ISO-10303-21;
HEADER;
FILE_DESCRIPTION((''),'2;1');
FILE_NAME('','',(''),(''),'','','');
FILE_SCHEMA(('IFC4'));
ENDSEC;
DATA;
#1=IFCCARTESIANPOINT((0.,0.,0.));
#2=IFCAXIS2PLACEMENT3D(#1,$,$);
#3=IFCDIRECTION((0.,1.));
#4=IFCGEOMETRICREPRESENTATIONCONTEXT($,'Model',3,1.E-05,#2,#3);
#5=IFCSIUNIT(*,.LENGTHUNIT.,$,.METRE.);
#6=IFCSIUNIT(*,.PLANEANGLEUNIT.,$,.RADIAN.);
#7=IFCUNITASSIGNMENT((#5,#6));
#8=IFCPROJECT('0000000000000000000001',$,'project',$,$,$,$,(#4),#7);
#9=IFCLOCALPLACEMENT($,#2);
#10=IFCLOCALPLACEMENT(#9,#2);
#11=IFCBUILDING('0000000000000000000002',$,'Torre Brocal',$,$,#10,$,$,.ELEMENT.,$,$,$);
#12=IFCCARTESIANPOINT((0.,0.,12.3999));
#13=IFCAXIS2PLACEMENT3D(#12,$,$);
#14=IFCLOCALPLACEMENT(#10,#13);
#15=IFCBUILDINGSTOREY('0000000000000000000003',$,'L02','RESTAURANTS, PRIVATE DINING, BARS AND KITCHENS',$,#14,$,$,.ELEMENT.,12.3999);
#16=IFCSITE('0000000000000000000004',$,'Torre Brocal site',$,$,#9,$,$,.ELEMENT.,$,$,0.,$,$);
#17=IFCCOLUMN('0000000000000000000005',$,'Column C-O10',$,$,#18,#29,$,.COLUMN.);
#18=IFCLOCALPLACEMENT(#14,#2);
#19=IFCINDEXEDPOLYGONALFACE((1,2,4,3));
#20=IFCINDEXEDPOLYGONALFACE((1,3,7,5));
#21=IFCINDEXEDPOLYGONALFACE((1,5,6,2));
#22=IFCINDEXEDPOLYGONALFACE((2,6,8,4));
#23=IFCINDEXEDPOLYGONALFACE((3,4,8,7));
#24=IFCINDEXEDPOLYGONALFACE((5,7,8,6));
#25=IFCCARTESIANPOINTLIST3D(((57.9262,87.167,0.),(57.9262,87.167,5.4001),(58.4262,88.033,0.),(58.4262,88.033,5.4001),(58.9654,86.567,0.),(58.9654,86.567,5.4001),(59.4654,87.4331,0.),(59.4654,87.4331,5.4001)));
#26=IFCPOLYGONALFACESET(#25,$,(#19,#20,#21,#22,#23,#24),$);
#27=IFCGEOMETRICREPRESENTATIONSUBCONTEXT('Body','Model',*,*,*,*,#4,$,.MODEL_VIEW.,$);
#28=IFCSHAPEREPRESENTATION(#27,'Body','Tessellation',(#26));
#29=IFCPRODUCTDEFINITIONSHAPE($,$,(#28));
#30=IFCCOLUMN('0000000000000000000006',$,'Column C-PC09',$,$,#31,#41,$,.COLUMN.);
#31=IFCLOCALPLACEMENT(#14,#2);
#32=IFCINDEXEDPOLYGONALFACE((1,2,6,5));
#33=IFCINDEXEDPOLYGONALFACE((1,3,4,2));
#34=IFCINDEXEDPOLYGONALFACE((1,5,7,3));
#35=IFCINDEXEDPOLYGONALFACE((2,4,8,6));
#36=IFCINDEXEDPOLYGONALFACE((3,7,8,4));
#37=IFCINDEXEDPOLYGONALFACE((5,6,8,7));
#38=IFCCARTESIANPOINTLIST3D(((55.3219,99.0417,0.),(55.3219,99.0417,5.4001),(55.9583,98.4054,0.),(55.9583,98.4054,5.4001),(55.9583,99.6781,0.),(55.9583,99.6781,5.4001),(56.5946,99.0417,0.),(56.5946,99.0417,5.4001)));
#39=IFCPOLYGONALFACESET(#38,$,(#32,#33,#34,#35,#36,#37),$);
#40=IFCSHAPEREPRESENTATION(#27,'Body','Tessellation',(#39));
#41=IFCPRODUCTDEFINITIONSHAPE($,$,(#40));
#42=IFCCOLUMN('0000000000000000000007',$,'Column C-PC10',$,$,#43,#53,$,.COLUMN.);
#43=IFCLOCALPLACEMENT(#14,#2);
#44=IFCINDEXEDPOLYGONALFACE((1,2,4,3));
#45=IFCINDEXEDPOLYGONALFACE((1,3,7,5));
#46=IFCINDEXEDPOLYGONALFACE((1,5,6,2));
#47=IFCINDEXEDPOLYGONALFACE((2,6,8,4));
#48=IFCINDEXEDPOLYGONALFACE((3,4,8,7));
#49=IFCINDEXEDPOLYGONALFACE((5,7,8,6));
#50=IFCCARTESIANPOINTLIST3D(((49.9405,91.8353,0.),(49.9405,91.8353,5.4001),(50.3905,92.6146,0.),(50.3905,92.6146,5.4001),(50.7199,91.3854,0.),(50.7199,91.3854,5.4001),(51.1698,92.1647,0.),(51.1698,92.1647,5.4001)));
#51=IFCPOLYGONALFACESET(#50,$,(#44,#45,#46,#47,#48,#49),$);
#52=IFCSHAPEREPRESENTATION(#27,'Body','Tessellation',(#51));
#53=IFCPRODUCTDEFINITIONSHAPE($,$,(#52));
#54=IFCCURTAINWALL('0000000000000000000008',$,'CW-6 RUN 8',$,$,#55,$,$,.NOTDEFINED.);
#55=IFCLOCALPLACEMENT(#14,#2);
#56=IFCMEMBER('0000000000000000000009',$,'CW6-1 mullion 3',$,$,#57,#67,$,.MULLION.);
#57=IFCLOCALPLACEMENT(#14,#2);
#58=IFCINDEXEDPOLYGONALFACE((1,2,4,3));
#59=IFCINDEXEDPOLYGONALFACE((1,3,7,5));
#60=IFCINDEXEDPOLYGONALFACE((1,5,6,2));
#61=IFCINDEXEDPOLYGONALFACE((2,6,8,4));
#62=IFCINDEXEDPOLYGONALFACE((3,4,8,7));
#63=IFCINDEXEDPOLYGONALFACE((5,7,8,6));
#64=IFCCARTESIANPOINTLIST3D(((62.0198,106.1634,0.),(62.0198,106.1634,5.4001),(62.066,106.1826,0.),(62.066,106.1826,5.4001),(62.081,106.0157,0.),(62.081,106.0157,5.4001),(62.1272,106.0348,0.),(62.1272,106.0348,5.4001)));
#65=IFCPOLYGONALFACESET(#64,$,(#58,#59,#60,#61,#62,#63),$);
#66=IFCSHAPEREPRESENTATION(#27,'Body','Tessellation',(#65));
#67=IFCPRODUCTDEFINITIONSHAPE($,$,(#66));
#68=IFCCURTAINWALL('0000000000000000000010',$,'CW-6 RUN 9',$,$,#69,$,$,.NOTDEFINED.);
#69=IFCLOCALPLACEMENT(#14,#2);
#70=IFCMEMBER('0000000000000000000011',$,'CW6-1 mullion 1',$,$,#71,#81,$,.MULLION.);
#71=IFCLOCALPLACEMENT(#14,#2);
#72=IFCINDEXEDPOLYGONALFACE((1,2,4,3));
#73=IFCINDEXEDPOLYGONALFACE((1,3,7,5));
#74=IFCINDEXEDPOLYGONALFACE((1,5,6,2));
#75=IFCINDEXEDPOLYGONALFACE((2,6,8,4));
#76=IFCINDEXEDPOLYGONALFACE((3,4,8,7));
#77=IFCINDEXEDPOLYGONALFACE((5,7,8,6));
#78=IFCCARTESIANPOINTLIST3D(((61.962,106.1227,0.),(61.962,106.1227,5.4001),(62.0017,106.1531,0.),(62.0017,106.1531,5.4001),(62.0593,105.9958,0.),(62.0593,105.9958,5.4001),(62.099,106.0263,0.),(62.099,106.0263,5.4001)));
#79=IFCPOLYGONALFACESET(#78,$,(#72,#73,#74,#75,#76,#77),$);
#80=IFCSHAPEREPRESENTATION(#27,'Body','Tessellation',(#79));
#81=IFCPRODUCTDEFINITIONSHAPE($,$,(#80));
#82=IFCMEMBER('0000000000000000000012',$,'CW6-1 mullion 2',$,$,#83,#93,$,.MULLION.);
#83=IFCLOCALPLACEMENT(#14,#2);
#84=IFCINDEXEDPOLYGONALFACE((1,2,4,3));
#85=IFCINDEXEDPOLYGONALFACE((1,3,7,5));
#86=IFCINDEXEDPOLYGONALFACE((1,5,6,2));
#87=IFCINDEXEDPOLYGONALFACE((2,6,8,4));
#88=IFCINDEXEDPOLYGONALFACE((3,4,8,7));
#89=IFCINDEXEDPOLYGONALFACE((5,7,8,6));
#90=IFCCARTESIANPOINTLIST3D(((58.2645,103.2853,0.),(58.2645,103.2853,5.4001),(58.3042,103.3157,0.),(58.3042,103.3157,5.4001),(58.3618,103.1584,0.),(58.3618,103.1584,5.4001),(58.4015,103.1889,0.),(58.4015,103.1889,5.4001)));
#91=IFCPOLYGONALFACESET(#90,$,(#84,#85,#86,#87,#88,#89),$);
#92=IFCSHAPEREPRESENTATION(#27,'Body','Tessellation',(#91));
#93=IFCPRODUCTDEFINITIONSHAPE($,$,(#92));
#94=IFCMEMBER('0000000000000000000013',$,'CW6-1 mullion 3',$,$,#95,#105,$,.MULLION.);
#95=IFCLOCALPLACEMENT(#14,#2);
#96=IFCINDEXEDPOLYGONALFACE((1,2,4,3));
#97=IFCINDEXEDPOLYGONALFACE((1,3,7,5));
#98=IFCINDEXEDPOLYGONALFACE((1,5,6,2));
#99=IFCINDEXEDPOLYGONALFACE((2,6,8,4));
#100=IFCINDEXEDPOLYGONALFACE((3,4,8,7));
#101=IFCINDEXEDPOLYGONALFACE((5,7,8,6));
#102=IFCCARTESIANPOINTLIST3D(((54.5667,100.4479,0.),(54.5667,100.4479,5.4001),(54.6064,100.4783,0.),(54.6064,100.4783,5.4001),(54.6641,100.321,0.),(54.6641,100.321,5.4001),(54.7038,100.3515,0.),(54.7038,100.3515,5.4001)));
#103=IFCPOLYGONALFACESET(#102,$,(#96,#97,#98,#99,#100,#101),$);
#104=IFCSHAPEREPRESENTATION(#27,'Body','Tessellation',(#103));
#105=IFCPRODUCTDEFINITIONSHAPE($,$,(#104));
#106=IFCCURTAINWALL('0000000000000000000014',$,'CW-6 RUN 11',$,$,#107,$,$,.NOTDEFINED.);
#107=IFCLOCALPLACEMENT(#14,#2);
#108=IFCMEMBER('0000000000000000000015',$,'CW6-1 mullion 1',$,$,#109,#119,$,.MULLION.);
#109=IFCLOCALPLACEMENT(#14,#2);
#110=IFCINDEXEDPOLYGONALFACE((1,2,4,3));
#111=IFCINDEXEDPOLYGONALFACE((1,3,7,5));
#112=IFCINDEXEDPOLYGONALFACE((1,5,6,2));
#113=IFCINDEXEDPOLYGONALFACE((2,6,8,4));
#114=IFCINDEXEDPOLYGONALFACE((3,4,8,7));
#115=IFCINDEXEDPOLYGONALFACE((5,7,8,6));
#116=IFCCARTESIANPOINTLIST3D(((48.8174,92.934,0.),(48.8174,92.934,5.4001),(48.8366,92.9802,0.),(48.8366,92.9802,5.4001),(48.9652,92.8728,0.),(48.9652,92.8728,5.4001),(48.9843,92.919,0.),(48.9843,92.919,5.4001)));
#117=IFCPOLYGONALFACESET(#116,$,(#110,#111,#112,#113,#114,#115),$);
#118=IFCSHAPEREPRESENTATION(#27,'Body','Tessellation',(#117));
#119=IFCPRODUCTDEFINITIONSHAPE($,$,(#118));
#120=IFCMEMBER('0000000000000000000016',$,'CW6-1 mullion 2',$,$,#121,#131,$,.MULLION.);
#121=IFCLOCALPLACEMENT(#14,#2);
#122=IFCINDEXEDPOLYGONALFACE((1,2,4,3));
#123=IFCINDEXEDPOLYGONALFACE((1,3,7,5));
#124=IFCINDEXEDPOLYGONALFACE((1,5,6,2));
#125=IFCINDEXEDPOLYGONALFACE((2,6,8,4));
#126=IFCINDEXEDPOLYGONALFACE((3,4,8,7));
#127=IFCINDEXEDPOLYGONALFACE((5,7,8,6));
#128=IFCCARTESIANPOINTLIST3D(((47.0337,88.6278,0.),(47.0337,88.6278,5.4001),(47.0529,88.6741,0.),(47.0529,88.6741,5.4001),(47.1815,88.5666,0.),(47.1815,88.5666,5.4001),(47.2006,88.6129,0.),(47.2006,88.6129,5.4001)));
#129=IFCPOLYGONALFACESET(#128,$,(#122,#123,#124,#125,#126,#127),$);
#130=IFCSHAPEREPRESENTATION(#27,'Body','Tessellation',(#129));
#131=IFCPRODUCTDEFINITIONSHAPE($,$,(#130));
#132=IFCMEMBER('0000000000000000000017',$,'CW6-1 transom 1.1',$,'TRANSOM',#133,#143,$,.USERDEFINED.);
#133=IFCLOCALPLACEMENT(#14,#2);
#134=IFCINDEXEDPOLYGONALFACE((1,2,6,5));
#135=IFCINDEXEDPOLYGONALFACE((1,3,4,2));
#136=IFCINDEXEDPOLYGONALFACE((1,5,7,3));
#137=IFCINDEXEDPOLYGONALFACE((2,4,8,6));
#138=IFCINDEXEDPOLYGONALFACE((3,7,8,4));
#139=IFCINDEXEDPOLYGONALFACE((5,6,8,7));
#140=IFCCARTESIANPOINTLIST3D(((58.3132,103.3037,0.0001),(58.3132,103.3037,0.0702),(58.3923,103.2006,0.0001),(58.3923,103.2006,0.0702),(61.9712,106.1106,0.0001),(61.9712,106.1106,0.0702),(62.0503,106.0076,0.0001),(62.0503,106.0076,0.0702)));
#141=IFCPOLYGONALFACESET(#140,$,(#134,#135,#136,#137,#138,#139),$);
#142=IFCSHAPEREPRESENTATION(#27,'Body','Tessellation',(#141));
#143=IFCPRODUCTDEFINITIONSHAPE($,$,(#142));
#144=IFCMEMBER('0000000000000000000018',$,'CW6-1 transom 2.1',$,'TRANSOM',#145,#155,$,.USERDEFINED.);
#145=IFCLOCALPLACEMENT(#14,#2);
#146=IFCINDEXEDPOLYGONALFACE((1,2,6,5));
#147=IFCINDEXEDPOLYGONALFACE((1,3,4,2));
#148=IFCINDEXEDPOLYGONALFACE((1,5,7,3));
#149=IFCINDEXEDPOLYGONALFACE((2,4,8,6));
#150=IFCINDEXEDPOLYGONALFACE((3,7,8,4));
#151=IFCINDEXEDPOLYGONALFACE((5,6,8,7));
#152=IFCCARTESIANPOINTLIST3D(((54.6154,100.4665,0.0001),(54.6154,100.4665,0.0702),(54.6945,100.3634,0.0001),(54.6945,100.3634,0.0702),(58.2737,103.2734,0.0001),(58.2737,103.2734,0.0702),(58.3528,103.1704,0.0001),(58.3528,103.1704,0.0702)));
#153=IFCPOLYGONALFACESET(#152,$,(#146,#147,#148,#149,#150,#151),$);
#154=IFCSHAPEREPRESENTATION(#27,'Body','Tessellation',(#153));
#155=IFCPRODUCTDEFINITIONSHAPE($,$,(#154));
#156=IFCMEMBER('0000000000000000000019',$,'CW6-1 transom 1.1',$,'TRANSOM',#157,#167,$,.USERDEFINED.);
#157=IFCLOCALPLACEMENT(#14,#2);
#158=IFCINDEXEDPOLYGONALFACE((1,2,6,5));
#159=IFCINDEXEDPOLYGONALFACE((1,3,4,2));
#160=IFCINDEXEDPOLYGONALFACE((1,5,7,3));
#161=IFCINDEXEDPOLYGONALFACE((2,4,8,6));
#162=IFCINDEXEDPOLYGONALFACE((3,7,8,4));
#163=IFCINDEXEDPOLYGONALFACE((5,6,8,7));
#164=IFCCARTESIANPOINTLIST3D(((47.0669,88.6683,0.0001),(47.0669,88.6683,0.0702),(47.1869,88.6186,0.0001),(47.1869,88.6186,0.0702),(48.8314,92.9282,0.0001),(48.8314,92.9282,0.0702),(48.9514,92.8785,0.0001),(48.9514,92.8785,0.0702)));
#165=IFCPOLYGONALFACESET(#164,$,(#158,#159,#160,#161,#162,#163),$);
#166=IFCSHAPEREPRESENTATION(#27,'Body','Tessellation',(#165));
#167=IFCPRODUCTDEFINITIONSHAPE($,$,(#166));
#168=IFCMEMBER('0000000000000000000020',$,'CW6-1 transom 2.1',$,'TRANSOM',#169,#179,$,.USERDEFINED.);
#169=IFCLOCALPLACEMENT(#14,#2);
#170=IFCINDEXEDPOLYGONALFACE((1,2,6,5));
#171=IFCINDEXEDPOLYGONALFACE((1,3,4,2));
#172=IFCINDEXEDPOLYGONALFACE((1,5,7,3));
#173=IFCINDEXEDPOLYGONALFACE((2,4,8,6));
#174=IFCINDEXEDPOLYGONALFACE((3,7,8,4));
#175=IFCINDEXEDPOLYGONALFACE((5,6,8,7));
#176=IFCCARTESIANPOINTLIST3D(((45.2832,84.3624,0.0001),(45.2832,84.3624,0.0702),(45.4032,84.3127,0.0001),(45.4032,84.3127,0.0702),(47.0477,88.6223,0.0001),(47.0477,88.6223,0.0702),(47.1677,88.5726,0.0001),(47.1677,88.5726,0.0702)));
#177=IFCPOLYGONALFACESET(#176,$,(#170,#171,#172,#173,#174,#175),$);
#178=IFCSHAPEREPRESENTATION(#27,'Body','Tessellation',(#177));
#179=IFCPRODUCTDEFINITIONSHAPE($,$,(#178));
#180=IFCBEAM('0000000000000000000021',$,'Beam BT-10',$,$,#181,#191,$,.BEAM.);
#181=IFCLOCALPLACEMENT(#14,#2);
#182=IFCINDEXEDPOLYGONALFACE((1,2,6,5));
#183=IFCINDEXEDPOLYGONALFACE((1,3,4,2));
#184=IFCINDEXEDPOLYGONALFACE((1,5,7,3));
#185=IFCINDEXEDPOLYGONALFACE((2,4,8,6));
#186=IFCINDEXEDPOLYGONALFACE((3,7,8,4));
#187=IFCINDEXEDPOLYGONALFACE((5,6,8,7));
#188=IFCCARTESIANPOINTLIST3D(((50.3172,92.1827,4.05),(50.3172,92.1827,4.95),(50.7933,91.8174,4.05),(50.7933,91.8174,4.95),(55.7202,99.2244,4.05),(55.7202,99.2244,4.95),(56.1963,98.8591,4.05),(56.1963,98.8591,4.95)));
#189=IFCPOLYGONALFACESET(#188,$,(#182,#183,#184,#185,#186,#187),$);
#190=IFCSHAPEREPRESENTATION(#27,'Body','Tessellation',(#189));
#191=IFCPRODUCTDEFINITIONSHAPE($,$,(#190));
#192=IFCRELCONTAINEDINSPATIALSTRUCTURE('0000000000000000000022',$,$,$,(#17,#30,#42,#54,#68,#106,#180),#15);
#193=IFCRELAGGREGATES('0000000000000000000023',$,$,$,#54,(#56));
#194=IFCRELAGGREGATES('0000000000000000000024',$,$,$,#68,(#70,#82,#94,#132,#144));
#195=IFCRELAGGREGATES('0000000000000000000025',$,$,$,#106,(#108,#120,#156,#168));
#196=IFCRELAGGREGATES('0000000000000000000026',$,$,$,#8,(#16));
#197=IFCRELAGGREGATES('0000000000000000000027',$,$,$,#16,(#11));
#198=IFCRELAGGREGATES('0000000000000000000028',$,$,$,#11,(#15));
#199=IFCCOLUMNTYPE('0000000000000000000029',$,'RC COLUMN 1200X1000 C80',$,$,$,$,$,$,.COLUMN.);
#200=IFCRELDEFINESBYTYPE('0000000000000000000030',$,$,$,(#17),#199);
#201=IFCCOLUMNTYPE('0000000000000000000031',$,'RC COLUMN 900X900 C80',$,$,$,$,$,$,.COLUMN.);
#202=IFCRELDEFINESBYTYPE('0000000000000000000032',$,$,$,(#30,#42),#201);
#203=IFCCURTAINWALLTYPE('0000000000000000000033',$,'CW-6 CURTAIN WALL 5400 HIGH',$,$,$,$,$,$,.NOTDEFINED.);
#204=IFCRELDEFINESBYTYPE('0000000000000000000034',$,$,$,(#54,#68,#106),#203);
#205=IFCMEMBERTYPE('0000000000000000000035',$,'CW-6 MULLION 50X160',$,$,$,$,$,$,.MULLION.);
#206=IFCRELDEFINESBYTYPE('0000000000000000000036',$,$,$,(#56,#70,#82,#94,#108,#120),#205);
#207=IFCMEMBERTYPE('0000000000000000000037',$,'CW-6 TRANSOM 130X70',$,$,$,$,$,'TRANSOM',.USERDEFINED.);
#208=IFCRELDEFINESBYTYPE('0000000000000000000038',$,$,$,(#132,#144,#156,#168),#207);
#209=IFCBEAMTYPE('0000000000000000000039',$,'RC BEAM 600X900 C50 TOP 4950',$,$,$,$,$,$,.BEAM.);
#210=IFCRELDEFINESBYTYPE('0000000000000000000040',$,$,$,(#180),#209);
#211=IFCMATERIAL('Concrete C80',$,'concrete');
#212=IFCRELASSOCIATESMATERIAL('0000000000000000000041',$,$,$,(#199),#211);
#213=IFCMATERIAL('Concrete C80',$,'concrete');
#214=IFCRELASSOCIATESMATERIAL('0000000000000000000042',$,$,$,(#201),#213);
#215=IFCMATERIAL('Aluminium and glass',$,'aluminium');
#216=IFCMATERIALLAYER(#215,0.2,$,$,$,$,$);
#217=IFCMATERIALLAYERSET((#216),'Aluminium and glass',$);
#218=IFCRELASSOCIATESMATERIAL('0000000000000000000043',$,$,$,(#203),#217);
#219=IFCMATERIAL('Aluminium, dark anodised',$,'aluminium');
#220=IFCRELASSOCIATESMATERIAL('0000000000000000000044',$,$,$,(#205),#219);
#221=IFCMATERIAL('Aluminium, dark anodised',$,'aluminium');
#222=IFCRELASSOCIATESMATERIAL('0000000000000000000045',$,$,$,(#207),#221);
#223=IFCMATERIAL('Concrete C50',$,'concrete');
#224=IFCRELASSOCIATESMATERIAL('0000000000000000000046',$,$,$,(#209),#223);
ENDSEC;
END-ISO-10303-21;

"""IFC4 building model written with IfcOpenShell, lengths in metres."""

from ifc_helpers import new_model, si_unit, direction, frame, origin, origin_2d, place, context, subcontext, project, spatial, rectangle, extrude, material, layer, layer_set, material_profile, profile_set, type_object, element, aggregate, save


model = new_model("IFC4")

# Units and contexts
model_context = context("Model", 3, precision=1e-05, world=origin(), true_north=direction((0.0, 1.0)))
body_context = subcontext(model_context, "Body", "Model", "MODEL_VIEW")
ifc_project = project(units=[si_unit("LENGTHUNIT", "METRE"), si_unit("PLANEANGLEUNIT", "RADIAN")], contexts=[model_context])

# Site, building, storey
site_placement = place(None, origin())
site = spatial("IfcSite", under=ifc_project, at=site_placement, Name="Torre Brocal site", CompositionType="ELEMENT", RefElevation=0.0)
building_placement = place(site_placement, origin())
building = spatial("IfcBuilding", under=site, at=building_placement, Name="Torre Brocal", CompositionType="ELEMENT")
storey_placement = place(building_placement, frame((0.0, 0.0, 12.3999)))
storey = spatial("IfcBuildingStorey", under=building, at=storey_placement, Name="L02", Description="RESTAURANTS, PRIVATE DINING, BARS AND KITCHENS", CompositionType="ELEMENT", Elevation=12.3999)

# Columns
ifc_material_1 = material(Name="Concrete C80", Category="concrete")
ifc_material_profile_1 = material_profile(ifc_material_1, rectangle(XDim=1.2, YDim=1.0, at=origin_2d()), Name="RC 1200X1000")
ifc_profile_set_1 = profile_set([ifc_material_profile_1], Name="Concrete C80")
column_type_1 = type_object("IfcColumnType", Name="RC COLUMN 1200X1000 C80", PredefinedType="COLUMN", material=ifc_profile_set_1)
column_placement = place(storey_placement, frame((58.6958, 87.3, 0.0), z_axis=(0.0, 0.0, 1.0), x_axis=(-0.866025, 0.5, 0.0)))
element("IfcColumn", 1, at=column_placement, inside=storey, type_object=column_type_1, Name="Column C-O10", PredefinedType="COLUMN", context=body_context, shape_type="SweptSolid", body=[
    extrude(rectangle(XDim=1.2, YDim=1.0, at=origin_2d()), origin(), (0.0, 0.0, 1.0), 5.4001),
])
ifc_material_2 = material(Name="Concrete C80", Category="concrete")
ifc_material_profile_2 = material_profile(ifc_material_2, rectangle(XDim=0.8999, YDim=0.8999, at=origin_2d()), Name="RC 900X900")
ifc_profile_set_2 = profile_set([ifc_material_profile_2], Name="Concrete C80")
column_type_2 = type_object("IfcColumnType", Name="RC COLUMN 900X900 C80", PredefinedType="COLUMN", material=ifc_profile_set_2)
for number, where, z_axis, x_axis, name in (
    (2, (55.9583, 99.0417, 0.0), (0.0, 0.0, 1.0), (-0.707107, 0.707107, 0.0), "Column C-PC09"),
    (3, (50.5552, 92.0, 0.0), (0.0, 0.0, 1.0), (-0.866025, 0.5, 0.0), "Column C-PC10"),
):
    element("IfcColumn", number, at=place(storey_placement, frame(where, z_axis=z_axis, x_axis=x_axis)), inside=storey, type_object=column_type_2, Name=name, PredefinedType="COLUMN", context=body_context, shape_type="SweptSolid", body=[
        extrude(rectangle(XDim=0.8999, YDim=0.8999, at=origin_2d()), origin(), (0.0, 0.0, 1.0), 5.4001),
    ])

# Curtain wall, member
ifc_material_3 = material(Name="Aluminium and glass", Category="aluminium")
ifc_layer_1 = layer(ifc_material_3, 0.2)
ifc_layer_set_1 = layer_set([ifc_layer_1], Name="Aluminium and glass")
curtain_wall_type = type_object("IfcCurtainWallType", Name="CW-6 CURTAIN WALL 5400 HIGH", PredefinedType="NOTDEFINED", material=ifc_layer_set_1)
curtain_wall_1_placement = place(storey_placement, origin())
curtain_wall_1 = element("IfcCurtainWall", 4, at=curtain_wall_1_placement, inside=storey, type_object=curtain_wall_type, Name="CW-6 RUN 8", PredefinedType="NOTDEFINED")
ifc_material_4 = material(Name="Aluminium, dark anodised", Category="aluminium")
ifc_material_profile_3 = material_profile(ifc_material_4, rectangle(XDim=0.1599, YDim=0.05, at=origin_2d()), Name="CW-6 MULLION 50X160")
ifc_profile_set_3 = profile_set([ifc_material_profile_3], Name="Aluminium, dark anodised")
member_type_1 = type_object("IfcMemberType", Name="CW-6 MULLION 50X160", PredefinedType="MULLION", material=ifc_profile_set_3)
member_1_placement = place(storey_placement, frame((62.0735, 106.0991, 0.0), z_axis=(0.0, 0.0, 1.0), x_axis=(0.382683, -0.92388, 0.0)))
member_1 = element("IfcMember", 5, at=member_1_placement, type_object=member_type_1, Name="CW6-1 mullion 3", PredefinedType="MULLION", context=body_context, shape_type="SweptSolid", body=[
    extrude(rectangle(XDim=0.1599, YDim=0.05, at=origin_2d()), origin(), (0.0, 0.0, 1.0), 5.4001),
])
aggregate(curtain_wall_1, [member_1])

# Curtain walls, members
curtain_wall_2_placement = place(storey_placement, origin())
curtain_wall_2 = element("IfcCurtainWall", 6, at=curtain_wall_2_placement, inside=storey, type_object=curtain_wall_type, Name="CW-6 RUN 9", PredefinedType="NOTDEFINED")
member_2_placement = place(storey_placement, frame((62.0305, 106.0745, 0.0), z_axis=(0.0, 0.0, 1.0), x_axis=(0.608761, -0.793353, 0.0)))
member_2 = element("IfcMember", 7, at=member_2_placement, type_object=member_type_1, Name="CW6-1 mullion 1", PredefinedType="MULLION", context=body_context, shape_type="SweptSolid", body=[
    extrude(rectangle(XDim=0.1599, YDim=0.05, at=origin_2d()), origin(), (0.0, 0.0, 1.0), 5.4001),
])
member_3_placement = place(storey_placement, frame((58.333, 103.2371, 0.0), z_axis=(0.0, 0.0, 1.0), x_axis=(0.608761, -0.793353, 0.0)))
member_3 = element("IfcMember", 8, at=member_3_placement, type_object=member_type_1, Name="CW6-1 mullion 2", PredefinedType="MULLION", context=body_context, shape_type="SweptSolid", body=[
    extrude(rectangle(XDim=0.1599, YDim=0.05, at=origin_2d()), origin(), (0.0, 0.0, 1.0), 5.4001),
])
member_4_placement = place(storey_placement, frame((54.6353, 100.3997, 0.0), z_axis=(0.0, 0.0, 1.0), x_axis=(0.608761, -0.793353, 0.0)))
member_4 = element("IfcMember", 9, at=member_4_placement, type_object=member_type_1, Name="CW6-1 mullion 3", PredefinedType="MULLION", context=body_context, shape_type="SweptSolid", body=[
    extrude(rectangle(XDim=0.1599, YDim=0.05, at=origin_2d()), origin(), (0.0, 0.0, 1.0), 5.4001),
])
curtain_wall_3_placement = place(storey_placement, origin())
curtain_wall_3 = element("IfcCurtainWall", 10, at=curtain_wall_3_placement, inside=storey, type_object=curtain_wall_type, Name="CW-6 RUN 11", PredefinedType="NOTDEFINED")
member_5_placement = place(storey_placement, frame((48.9009, 92.9265, 0.0), z_axis=(0.0, 0.0, 1.0), x_axis=(0.92388, -0.382683, 0.0)))
member_5 = element("IfcMember", 11, at=member_5_placement, type_object=member_type_1, Name="CW6-1 mullion 1", PredefinedType="MULLION", context=body_context, shape_type="SweptSolid", body=[
    extrude(rectangle(XDim=0.1599, YDim=0.05, at=origin_2d()), origin(), (0.0, 0.0, 1.0), 5.4001),
])
member_6_placement = place(storey_placement, frame((47.1172, 88.6204, 0.0), z_axis=(0.0, 0.0, 1.0), x_axis=(0.92388, -0.382683, 0.0)))
member_6 = element("IfcMember", 12, at=member_6_placement, type_object=member_type_1, Name="CW6-1 mullion 2", PredefinedType="MULLION", context=body_context, shape_type="SweptSolid", body=[
    extrude(rectangle(XDim=0.1599, YDim=0.05, at=origin_2d()), origin(), (0.0, 0.0, 1.0), 5.4001),
])

# Members
ifc_material_5 = material(Name="Aluminium, dark anodised", Category="aluminium")
ifc_material_profile_4 = material_profile(ifc_material_5, rectangle(XDim=0.1299, YDim=0.0701, at=origin_2d()), Name="CW-6 TRANSOM 130X70")
ifc_profile_set_4 = profile_set([ifc_material_profile_4], Name="Aluminium, dark anodised")
member_type_2 = type_object("IfcMemberType", Name="CW-6 TRANSOM 130X70", ElementType="TRANSOM", PredefinedType="USERDEFINED", material=ifc_profile_set_4)
member_7_placement = place(storey_placement, frame((62.0107, 106.0591, 0.0352), z_axis=(-0.79335, -0.608766, 0.0), x_axis=(0.608766, -0.79335, 0.0)))
member_7 = element("IfcMember", 13, at=member_7_placement, type_object=member_type_2, Name="CW6-1 transom 1.1", ObjectType="TRANSOM", PredefinedType="USERDEFINED", context=body_context, shape_type="SweptSolid", body=[
    extrude(rectangle(XDim=0.1299, YDim=0.0701, at=origin_2d()), origin(), (0.0, 0.0, 1.0), 4.6108),
])
member_8_placement = place(storey_placement, frame((58.3132, 103.2219, 0.0352), z_axis=(-0.793369, -0.608741, 0.0), x_axis=(0.608741, -0.793369, 0.0)))
member_8 = element("IfcMember", 14, at=member_8_placement, type_object=member_type_2, Name="CW6-1 transom 2.1", ObjectType="TRANSOM", PredefinedType="USERDEFINED", context=body_context, shape_type="SweptSolid", body=[
    extrude(rectangle(XDim=0.1299, YDim=0.0701, at=origin_2d()), origin(), (0.0, 0.0, 1.0), 4.6111),
])
member_9_placement = place(storey_placement, frame((48.8914, 92.9033, 0.0352), z_axis=(-0.382674, -0.923883, 0.0), x_axis=(0.923883, -0.382674, 0.0)))
member_9 = element("IfcMember", 15, at=member_9_placement, type_object=member_type_2, Name="CW6-1 transom 1.1", ObjectType="TRANSOM", PredefinedType="USERDEFINED", context=body_context, shape_type="SweptSolid", body=[
    extrude(rectangle(XDim=0.1299, YDim=0.0701, at=origin_2d()), origin(), (0.0, 0.0, 1.0), 4.6108),
])
member_10_placement = place(storey_placement, frame((47.1077, 88.5974, 0.0352), z_axis=(-0.382674, -0.923883, 0.0), x_axis=(0.923883, -0.382674, 0.0)))
member_10 = element("IfcMember", 16, at=member_10_placement, type_object=member_type_2, Name="CW6-1 transom 2.1", ObjectType="TRANSOM", PredefinedType="USERDEFINED", context=body_context, shape_type="SweptSolid", body=[
    extrude(rectangle(XDim=0.1299, YDim=0.0701, at=origin_2d()), origin(), (0.0, 0.0, 1.0), 4.6108),
])

# Beam
ifc_material_6 = material(Name="Concrete C50", Category="concrete")
ifc_material_profile_5 = material_profile(ifc_material_6, rectangle(XDim=0.6001, YDim=0.8999, at=origin_2d()), Name="RC 600X900")
ifc_profile_set_5 = profile_set([ifc_material_profile_5], Name="Concrete C50")
beam_type_1 = type_object("IfcBeamType", Name="RC BEAM 600X900 C50 TOP 4950", PredefinedType="BEAM", material=ifc_profile_set_5)
beam_1_placement = place(storey_placement, frame((55.9583, 99.0417, 4.5), z_axis=(-0.608744, -0.793367, 0.0), x_axis=(0.793367, -0.608744, 0.0)))
element("IfcBeam", 17, at=beam_1_placement, inside=storey, type_object=beam_type_1, Name="Beam BT-10", PredefinedType="BEAM", context=body_context, shape_type="SweptSolid", body=[
    extrude(rectangle(XDim=0.6001, YDim=0.8999, at=origin_2d()), origin(), (0.0, 0.0, 1.0), 8.8757),
])

aggregate(curtain_wall_2, [member_2, member_3, member_4, member_7, member_8])
aggregate(curtain_wall_3, [member_5, member_6, member_9, member_10])

save(model, "model.ifc")
